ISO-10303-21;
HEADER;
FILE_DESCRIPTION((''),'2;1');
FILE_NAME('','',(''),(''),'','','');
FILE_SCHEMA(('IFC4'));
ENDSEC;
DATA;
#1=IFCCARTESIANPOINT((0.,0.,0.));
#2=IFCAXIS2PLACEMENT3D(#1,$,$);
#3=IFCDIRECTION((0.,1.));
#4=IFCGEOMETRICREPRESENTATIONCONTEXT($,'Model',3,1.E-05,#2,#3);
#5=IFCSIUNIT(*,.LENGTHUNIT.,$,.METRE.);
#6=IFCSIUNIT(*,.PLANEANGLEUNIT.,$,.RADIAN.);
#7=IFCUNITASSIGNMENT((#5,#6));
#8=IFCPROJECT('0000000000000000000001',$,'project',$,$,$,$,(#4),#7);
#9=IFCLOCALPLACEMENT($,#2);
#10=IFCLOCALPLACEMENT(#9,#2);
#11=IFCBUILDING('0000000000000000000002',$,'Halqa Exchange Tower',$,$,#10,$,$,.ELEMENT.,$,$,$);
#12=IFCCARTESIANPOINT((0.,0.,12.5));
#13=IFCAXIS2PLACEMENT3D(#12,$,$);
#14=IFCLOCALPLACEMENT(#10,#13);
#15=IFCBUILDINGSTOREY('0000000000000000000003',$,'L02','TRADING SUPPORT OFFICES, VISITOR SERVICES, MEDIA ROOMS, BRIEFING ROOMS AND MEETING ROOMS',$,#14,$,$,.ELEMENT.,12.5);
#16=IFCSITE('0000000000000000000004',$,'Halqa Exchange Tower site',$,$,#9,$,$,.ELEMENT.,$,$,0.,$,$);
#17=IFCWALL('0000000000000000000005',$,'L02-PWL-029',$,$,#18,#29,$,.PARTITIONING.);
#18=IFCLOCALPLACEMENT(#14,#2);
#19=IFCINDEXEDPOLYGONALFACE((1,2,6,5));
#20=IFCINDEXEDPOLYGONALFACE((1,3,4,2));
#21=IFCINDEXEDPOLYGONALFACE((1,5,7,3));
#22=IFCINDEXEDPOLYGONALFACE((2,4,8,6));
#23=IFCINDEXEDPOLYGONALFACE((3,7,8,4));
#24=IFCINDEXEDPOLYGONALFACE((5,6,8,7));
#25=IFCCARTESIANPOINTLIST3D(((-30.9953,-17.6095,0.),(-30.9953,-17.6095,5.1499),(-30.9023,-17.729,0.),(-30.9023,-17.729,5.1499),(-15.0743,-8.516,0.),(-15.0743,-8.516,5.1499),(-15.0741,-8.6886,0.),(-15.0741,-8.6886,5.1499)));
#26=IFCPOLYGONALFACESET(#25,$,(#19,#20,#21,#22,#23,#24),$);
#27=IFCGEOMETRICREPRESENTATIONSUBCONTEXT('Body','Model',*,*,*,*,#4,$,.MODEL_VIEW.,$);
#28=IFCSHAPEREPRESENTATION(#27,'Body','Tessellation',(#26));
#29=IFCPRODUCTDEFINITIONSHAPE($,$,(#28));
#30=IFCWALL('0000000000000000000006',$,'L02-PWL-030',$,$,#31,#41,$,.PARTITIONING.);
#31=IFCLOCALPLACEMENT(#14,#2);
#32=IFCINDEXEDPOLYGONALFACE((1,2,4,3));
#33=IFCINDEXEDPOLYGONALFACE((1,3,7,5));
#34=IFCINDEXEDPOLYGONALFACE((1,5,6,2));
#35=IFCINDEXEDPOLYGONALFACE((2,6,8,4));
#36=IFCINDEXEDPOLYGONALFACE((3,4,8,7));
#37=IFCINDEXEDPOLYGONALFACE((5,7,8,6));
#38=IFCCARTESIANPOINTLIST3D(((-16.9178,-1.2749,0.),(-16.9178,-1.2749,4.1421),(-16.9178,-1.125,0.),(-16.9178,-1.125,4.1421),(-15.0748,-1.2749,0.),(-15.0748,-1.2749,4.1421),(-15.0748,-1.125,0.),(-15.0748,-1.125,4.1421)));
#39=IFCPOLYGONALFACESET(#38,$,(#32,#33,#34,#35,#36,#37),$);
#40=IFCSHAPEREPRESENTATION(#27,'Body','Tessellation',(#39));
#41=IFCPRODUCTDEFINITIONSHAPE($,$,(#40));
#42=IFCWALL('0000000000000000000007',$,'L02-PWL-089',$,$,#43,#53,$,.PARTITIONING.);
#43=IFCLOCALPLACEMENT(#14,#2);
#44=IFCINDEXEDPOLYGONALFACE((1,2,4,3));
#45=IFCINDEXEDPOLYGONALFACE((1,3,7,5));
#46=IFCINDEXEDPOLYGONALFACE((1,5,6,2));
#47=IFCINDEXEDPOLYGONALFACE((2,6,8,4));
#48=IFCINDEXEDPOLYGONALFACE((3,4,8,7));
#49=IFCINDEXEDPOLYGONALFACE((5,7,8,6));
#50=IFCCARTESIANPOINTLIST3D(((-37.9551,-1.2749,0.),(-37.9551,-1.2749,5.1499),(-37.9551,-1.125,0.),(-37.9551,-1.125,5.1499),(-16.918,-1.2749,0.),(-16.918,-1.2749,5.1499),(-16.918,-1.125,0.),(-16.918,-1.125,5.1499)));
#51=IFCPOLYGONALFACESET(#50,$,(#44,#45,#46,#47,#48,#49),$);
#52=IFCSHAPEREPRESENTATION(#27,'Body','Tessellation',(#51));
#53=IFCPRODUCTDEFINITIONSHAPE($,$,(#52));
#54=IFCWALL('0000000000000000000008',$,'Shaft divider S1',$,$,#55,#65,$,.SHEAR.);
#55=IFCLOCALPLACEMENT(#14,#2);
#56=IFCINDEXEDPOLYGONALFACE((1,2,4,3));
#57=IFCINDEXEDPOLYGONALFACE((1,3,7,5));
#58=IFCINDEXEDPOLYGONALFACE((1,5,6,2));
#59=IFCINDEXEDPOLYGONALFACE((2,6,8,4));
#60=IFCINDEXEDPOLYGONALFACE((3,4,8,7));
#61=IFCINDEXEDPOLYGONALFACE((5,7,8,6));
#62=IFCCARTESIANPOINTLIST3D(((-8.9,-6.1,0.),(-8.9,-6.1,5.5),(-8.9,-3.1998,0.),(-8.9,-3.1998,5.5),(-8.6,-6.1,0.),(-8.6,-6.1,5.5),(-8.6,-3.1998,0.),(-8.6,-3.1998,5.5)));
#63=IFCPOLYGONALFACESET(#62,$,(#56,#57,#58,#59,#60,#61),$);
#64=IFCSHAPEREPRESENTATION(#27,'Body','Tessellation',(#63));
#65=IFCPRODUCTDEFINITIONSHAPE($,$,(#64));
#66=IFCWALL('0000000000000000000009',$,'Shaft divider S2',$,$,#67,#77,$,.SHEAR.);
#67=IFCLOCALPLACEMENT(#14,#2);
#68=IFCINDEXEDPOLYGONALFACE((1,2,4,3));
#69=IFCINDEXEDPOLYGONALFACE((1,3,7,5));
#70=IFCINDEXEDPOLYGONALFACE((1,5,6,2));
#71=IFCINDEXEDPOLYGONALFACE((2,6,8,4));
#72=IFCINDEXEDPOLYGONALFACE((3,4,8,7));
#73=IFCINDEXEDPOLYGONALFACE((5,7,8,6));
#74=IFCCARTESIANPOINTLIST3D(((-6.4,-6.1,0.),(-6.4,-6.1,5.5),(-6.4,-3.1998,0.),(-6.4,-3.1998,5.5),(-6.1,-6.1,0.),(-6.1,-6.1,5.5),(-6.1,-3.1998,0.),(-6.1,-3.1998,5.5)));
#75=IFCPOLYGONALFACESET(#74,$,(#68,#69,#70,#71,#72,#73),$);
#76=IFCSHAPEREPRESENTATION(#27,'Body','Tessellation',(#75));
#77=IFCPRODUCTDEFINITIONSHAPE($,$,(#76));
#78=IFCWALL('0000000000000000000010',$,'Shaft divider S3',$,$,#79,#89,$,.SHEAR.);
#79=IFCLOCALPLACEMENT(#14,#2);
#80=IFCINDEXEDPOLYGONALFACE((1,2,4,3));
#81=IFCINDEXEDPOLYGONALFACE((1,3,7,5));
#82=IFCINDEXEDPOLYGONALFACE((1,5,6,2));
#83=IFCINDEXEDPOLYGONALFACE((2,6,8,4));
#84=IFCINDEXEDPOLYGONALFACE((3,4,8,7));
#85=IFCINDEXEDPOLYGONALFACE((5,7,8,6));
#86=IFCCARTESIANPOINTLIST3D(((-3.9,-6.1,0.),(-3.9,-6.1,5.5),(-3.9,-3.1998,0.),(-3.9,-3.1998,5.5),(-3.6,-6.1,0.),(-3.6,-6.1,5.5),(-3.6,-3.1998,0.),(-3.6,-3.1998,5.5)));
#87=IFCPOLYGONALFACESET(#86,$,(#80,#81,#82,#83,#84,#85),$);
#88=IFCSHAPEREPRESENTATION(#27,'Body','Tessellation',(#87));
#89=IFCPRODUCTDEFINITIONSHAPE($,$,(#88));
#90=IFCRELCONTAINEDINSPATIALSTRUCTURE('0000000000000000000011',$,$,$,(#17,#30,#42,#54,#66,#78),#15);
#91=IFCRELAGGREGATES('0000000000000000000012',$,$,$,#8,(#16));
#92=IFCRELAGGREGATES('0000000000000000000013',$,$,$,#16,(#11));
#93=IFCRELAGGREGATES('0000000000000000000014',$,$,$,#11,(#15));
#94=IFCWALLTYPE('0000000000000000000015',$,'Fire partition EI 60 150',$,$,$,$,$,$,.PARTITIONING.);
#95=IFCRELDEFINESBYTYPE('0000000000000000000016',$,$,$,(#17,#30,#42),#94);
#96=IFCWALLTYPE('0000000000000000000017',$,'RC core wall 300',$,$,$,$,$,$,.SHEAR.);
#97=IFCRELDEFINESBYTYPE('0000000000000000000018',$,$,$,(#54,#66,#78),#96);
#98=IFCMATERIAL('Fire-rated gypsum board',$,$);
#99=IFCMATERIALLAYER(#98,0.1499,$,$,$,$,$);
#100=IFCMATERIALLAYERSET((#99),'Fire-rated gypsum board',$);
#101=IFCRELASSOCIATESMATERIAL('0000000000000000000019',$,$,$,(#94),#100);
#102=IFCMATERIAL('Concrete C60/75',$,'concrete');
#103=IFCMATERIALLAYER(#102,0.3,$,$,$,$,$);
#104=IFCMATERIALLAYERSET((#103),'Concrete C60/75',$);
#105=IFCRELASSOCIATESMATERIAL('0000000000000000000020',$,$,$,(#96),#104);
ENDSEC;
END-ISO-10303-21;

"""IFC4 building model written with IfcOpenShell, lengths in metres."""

from ifc_helpers import new_model, si_unit, direction, frame, frame_2d, origin, place, context, subcontext, project, spatial, polyline, rectangle, outline, extrude, material, layer, layer_set, type_object, element, save


model = new_model("IFC4")

# Units and contexts
model_context = context("Model", 3, precision=1e-05, world=origin(), true_north=direction((0.0, 1.0)))
body_context = subcontext(model_context, "Body", "Model", "MODEL_VIEW")
ifc_project = project(units=[si_unit("LENGTHUNIT", "METRE"), si_unit("PLANEANGLEUNIT", "RADIAN")], contexts=[model_context])

# Site, building, storey
site_placement = place(None, origin())
site = spatial("IfcSite", under=ifc_project, at=site_placement, Name="Halqa Exchange Tower site", CompositionType="ELEMENT", RefElevation=0.0)
building_placement = place(site_placement, origin())
building = spatial("IfcBuilding", under=site, at=building_placement, Name="Halqa Exchange Tower", CompositionType="ELEMENT")
storey_placement = place(building_placement, frame((0.0, 0.0, 12.5)))
storey = spatial("IfcBuildingStorey", under=building, at=storey_placement, Name="L02", Description="TRADING SUPPORT OFFICES, VISITOR SERVICES, MEDIA ROOMS, BRIEFING ROOMS AND MEETING ROOMS", CompositionType="ELEMENT", Elevation=12.5)

# Walls
ifc_material_1 = material(Name="Fire-rated gypsum board")
ifc_layer_1 = layer(ifc_material_1, 0.1499)
ifc_layer_set_1 = layer_set([ifc_layer_1], Name="Fire-rated gypsum board")
wall_type_1 = type_object("IfcWallType", Name="Fire partition EI 60 150", PredefinedType="PARTITIONING", material=ifc_layer_set_1)
wall_1_placement = place(storey_placement, frame((-15.0742, -8.6023, 0.0), z_axis=(0.0, 0.0, 1.0), x_axis=(-0.868343, -0.495963, 0.0)))
element("IfcWall", 1, at=wall_1_placement, inside=storey, type_object=wall_type_1, Name="L02-PWL-029", PredefinedType="PARTITIONING", context=body_context, shape_type="SweptSolid", body=[
    extrude(outline(polyline([(-0.0427, -0.075), (18.2922, -0.075), (18.2708, 0.075), (0.0427, 0.075), (-0.0427, -0.075)])), origin(), (0.0, 0.0, 1.0), 5.1499),
])
wall_2_placement = place(storey_placement, frame((-15.075, -1.2, 0.0), z_axis=(0.0, 0.0, 1.0), x_axis=(-1.0, 0.0, 0.0)))
element("IfcWall", 2, at=wall_2_placement, inside=storey, type_object=wall_type_1, Name="L02-PWL-030", PredefinedType="PARTITIONING", context=body_context, shape_type="SweptSolid", body=[
    extrude(rectangle(XDim=1.843, YDim=0.1499, at=frame_2d((0.9214, 0.0))), origin(), (0.0, 0.0, 1.0), 4.1421),
])
wall_3_placement = place(storey_placement, frame((-16.918, -1.2, 0.0), z_axis=(0.0, 0.0, 1.0), x_axis=(-1.0, 0.0, 0.0)))
element("IfcWall", 3, at=wall_3_placement, inside=storey, type_object=wall_type_1, Name="L02-PWL-089", PredefinedType="PARTITIONING", context=body_context, shape_type="SweptSolid", body=[
    extrude(rectangle(XDim=21.0371, YDim=0.1499, at=frame_2d((10.5186, 0.0))), origin(), (0.0, 0.0, 1.0), 5.1499),
])
ifc_material_2 = material(Name="Concrete C60/75", Category="concrete")
ifc_layer_2 = layer(ifc_material_2, 0.3)
ifc_layer_set_2 = layer_set([ifc_layer_2], Name="Concrete C60/75")
wall_type_2 = type_object("IfcWallType", Name="RC core wall 300", PredefinedType="SHEAR", material=ifc_layer_set_2)
for number, where, z_axis, x_axis, name in (
    (4, (-8.75, -6.1001, 0.0), (0.0, 0.0, 1.0), (0.0, 1.0, 0.0), "Shaft divider S1"),
    (5, (-6.25, -6.1001, 0.0), (0.0, 0.0, 1.0), (0.0, 1.0, 0.0), "Shaft divider S2"),
    (6, (-3.75, -6.1001, 0.0), (0.0, 0.0, 1.0), (0.0, 1.0, 0.0), "Shaft divider S3"),
):
    element("IfcWall", number, at=place(storey_placement, frame(where, z_axis=z_axis, x_axis=x_axis)), inside=storey, type_object=wall_type_2, Name=name, PredefinedType="SHEAR", context=body_context, shape_type="SweptSolid", body=[
        extrude(rectangle(XDim=2.9001, YDim=0.3, at=frame_2d((1.4502, 0.0))), origin(), (0.0, 0.0, 1.0), 5.5),
    ])

save(model, "model.ifc")
